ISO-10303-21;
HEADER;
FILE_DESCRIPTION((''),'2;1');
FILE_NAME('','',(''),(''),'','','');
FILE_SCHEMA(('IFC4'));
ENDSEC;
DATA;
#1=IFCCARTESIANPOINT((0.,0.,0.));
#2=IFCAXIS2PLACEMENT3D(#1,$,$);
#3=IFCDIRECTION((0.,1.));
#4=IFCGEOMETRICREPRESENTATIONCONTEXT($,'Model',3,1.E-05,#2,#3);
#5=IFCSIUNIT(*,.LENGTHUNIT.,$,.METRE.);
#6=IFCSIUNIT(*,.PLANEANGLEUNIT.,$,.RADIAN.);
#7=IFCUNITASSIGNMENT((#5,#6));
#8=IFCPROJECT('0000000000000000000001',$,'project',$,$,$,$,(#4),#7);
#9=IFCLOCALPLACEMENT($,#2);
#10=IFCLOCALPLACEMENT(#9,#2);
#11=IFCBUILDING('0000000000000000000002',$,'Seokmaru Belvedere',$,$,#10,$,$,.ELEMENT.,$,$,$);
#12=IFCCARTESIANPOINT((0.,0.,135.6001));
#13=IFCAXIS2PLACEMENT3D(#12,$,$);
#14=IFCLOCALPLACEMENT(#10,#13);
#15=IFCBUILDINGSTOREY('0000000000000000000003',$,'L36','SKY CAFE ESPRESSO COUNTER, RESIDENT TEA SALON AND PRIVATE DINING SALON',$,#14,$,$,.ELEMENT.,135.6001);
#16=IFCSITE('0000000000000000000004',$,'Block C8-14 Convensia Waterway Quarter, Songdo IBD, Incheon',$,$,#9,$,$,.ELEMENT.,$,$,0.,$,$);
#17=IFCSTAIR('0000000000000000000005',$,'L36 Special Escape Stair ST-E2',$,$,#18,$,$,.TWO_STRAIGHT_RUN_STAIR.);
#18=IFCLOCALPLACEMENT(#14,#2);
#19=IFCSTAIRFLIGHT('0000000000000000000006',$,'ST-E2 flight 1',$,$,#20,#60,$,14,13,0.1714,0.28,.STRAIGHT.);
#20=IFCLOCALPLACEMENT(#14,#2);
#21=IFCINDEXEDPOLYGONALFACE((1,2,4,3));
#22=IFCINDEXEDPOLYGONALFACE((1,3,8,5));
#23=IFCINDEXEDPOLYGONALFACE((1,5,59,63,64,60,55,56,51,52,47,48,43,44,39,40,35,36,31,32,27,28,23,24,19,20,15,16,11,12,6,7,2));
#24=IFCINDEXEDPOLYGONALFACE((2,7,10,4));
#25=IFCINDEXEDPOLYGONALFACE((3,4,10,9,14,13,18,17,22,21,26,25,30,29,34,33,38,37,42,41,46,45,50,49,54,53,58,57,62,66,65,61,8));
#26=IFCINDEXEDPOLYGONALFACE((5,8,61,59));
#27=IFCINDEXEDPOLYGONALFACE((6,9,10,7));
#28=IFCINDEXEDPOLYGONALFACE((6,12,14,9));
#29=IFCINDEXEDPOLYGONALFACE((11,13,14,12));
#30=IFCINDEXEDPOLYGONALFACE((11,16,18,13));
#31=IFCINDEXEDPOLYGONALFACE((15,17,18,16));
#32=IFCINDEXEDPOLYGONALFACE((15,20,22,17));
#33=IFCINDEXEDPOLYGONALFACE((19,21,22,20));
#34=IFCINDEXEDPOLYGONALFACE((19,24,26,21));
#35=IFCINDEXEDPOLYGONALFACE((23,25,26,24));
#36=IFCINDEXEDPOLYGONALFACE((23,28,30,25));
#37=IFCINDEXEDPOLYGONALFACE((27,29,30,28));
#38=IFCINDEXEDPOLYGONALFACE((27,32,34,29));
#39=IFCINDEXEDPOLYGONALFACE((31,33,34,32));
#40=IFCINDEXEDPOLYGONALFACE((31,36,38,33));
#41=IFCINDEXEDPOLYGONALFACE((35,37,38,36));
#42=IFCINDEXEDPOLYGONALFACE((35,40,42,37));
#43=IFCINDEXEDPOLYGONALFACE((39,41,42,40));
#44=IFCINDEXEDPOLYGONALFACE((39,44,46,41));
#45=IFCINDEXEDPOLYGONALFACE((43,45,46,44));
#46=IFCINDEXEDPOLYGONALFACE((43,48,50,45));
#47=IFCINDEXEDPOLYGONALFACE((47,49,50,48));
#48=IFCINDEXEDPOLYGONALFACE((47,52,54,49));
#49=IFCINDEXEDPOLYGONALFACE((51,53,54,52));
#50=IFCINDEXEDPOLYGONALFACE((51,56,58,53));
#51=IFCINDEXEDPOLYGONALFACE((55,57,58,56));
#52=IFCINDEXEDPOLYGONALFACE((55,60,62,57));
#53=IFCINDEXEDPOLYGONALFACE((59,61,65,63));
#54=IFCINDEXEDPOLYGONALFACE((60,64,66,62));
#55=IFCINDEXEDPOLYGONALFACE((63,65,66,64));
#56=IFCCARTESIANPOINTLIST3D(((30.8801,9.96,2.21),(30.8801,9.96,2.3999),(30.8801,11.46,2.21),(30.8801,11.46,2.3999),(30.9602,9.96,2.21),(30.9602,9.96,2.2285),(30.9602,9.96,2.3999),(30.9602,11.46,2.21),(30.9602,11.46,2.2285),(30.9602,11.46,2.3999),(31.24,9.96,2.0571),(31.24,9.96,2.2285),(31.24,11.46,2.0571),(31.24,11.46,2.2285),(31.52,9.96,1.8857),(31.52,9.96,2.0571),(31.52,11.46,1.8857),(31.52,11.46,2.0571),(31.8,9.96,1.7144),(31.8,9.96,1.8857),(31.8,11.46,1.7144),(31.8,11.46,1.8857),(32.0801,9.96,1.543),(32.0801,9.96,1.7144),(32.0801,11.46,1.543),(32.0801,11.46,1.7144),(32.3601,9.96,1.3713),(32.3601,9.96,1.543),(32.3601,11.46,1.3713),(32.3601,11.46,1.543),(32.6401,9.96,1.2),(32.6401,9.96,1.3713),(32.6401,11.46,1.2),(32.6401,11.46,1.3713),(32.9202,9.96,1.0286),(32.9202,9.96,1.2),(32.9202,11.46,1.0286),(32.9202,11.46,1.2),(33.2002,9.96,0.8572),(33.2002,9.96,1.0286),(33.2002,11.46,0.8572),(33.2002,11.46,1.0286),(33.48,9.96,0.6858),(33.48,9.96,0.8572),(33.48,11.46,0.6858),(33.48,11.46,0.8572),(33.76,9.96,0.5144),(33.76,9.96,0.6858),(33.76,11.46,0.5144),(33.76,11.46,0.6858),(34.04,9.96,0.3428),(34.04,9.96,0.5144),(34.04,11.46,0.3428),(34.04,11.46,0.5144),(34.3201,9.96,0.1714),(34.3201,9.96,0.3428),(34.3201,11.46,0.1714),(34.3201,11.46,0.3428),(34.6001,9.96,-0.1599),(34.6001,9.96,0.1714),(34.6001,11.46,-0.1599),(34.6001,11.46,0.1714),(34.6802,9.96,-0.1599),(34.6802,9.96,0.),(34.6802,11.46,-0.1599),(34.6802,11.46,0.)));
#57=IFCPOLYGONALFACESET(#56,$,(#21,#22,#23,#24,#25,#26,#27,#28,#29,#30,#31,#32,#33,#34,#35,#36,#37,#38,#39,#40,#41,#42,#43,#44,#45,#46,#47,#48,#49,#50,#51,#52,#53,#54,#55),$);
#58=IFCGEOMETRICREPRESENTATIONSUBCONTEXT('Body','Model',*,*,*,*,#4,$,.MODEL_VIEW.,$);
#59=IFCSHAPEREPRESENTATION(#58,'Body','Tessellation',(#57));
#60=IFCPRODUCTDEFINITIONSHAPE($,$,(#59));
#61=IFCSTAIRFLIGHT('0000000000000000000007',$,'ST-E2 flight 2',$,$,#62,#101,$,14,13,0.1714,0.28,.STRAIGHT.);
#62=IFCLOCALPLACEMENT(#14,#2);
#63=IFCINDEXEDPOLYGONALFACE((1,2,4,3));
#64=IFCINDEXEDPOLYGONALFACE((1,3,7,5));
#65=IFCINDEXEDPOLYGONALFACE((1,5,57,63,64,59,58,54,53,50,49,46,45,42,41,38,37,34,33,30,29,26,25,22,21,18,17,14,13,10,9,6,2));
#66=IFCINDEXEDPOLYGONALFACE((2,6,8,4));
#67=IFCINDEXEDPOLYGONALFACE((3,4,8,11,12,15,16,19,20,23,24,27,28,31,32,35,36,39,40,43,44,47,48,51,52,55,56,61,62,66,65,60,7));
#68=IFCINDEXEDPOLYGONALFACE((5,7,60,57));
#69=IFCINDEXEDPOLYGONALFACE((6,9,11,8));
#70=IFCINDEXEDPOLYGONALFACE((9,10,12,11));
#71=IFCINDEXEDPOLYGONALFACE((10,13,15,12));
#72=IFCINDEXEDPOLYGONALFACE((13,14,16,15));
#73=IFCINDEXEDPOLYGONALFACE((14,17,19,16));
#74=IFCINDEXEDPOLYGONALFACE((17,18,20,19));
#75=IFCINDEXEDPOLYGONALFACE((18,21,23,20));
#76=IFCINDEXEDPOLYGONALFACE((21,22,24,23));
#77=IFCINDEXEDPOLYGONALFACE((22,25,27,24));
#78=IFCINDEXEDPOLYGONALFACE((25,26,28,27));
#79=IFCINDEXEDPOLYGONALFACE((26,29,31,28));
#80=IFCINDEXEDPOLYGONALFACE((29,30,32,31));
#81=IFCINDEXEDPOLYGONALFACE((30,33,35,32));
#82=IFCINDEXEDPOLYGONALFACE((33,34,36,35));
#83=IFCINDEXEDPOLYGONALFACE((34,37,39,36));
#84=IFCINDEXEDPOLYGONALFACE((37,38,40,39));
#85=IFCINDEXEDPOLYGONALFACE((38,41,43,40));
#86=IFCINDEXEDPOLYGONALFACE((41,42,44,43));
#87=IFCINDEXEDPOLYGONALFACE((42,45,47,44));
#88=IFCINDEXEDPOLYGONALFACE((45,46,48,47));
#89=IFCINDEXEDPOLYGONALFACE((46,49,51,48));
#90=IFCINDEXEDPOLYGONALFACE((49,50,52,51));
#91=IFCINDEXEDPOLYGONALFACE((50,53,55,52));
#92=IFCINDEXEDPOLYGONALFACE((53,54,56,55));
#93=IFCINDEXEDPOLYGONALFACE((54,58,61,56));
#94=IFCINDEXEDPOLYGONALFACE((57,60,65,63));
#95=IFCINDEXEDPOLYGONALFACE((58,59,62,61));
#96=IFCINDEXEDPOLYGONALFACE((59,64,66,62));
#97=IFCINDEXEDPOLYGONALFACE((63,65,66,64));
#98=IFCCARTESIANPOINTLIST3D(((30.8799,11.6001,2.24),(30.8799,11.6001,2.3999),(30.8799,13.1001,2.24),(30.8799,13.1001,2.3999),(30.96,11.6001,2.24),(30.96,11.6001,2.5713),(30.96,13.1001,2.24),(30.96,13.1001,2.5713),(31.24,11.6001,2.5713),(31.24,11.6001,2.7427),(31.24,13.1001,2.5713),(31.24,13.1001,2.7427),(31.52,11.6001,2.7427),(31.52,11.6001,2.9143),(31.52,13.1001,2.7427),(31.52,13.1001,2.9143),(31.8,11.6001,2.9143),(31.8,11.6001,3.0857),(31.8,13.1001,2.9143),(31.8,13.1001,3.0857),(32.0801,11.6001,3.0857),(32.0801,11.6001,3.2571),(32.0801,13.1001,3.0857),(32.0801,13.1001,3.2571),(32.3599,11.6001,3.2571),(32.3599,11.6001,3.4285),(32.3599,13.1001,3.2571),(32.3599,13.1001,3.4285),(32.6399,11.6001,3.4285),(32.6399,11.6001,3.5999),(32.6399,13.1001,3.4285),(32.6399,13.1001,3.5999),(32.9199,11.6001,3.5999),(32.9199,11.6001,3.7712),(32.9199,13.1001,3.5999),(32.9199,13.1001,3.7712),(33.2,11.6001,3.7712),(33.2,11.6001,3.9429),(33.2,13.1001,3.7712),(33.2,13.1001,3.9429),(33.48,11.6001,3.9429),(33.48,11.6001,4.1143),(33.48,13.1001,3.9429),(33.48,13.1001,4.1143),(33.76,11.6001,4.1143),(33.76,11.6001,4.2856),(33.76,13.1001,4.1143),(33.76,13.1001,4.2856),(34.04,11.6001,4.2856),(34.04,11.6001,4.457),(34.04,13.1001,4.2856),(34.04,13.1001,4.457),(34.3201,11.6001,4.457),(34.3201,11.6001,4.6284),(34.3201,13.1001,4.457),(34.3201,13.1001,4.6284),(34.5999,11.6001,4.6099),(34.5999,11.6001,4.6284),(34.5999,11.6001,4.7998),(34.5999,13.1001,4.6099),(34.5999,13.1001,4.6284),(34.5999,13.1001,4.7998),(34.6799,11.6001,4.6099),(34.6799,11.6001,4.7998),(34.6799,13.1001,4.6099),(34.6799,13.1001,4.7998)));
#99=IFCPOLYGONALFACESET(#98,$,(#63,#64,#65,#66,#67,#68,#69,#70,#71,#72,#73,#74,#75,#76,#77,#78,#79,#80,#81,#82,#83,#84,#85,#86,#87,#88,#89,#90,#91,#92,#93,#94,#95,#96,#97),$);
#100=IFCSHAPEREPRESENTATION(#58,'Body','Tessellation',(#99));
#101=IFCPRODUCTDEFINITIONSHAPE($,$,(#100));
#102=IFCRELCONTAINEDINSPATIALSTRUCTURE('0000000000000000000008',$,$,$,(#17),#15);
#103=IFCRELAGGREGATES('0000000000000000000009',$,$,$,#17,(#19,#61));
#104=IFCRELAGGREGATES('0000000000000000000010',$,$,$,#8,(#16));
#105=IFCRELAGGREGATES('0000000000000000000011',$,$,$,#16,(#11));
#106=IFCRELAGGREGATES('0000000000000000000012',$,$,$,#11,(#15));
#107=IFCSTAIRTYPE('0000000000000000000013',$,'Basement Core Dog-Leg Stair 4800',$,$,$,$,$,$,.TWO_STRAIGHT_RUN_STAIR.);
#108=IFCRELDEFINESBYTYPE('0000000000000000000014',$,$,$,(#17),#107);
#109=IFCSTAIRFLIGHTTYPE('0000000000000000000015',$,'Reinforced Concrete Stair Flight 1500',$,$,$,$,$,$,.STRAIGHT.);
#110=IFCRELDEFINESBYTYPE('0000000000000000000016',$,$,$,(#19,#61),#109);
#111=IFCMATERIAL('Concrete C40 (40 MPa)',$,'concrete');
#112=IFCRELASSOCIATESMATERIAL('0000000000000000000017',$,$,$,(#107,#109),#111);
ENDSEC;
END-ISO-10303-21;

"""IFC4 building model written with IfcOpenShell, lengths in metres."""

from ifc_helpers import new_model, si_unit, direction, frame, origin, place, context, subcontext, project, spatial, polyline, outline, extrude, material, type_object, element, aggregate, save


model = new_model("IFC4")

# Units and contexts
model_context = context("Model", 3, precision=1e-05, world=origin(), true_north=direction((0.0, 1.0)))
body_context = subcontext(model_context, "Body", "Model", "MODEL_VIEW")
ifc_project = project(units=[si_unit("LENGTHUNIT", "METRE"), si_unit("PLANEANGLEUNIT", "RADIAN")], contexts=[model_context])

# Site, building, storey
site_placement = place(None, origin())
site = spatial("IfcSite", under=ifc_project, at=site_placement, Name="Block C8-14 Convensia Waterway Quarter, Songdo IBD, Incheon", CompositionType="ELEMENT", RefElevation=0.0)
building_placement = place(site_placement, origin())
building = spatial("IfcBuilding", under=site, at=building_placement, Name="Seokmaru Belvedere", CompositionType="ELEMENT")
storey_placement = place(building_placement, frame((0.0, 0.0, 135.6001)))
storey = spatial("IfcBuildingStorey", under=building, at=storey_placement, Name="L36", Description="SKY CAFE ESPRESSO COUNTER, RESIDENT TEA SALON AND PRIVATE DINING SALON", CompositionType="ELEMENT", Elevation=135.6001)

# Stair, stair flights
ifc_material_1 = material(Name="Concrete C40 (40 MPa)", Category="concrete")
stair_type = type_object("IfcStairType", Name="Basement Core Dog-Leg Stair 4800", PredefinedType="TWO_STRAIGHT_RUN_STAIR", material=ifc_material_1)
stair_placement = place(storey_placement, origin())
stair = element("IfcStair", 1, at=stair_placement, inside=storey, type_object=stair_type, Name="L36 Special Escape Stair ST-E2", PredefinedType="TWO_STRAIGHT_RUN_STAIR")
stair_flight_type = type_object("IfcStairFlightType", Name="Reinforced Concrete Stair Flight 1500", PredefinedType="STRAIGHT", material=ifc_material_1)
stair_flight_1_placement = place(storey_placement, frame((34.6001, 10.71, 0.0), z_axis=(0.0, 0.0, 1.0), x_axis=(-1.0, 0.0, 0.0)))
stair_flight_1 = element("IfcStairFlight", 2, at=stair_flight_1_placement, type_object=stair_flight_type, Name="ST-E2 flight 1", NumberOfRisers=14, NumberOfTreads=13, PredefinedType="STRAIGHT", RiserHeight=0.1714, TreadLength=0.28, context=body_context, shape_type="SweptSolid", body=[
    extrude(outline(polyline([(-0.0801, 0.0), (0.0, 0.1714), (0.28, 0.1714), (0.28, 0.3428), (0.5601, 0.3428), (0.5601, 0.5144), (0.8401, 0.5144), (0.8401, 0.6858), (1.1201, 0.6858), (1.1201, 0.8572), (1.3999, 0.8572), (1.3999, 1.0286), (1.6799, 1.0286), (1.6799, 1.2), (1.96, 1.2), (1.96, 1.3713), (2.24, 1.3713), (2.24, 1.543), (2.52, 1.543), (2.52, 1.7144), (2.8, 1.7144), (2.8, 1.8857), (3.0801, 1.8857), (3.0801, 2.0571), (3.3601, 2.0571), (3.3601, 2.2285), (3.6399, 2.2285), (3.6399, 2.3999), (3.72, 2.3999), (3.72, 2.21), (3.6399, 2.21), (0.0, -0.1599), (-0.0801, -0.1599), (-0.0801, 0.0)])), frame((0.0, 0.75, 0.0), z_axis=(0.0, -1.0, 0.0), x_axis=(1.0, 0.0, 0.0)), (0.0, 0.0, 1.0), 1.5),
])
stair_flight_2_placement = place(storey_placement, frame((30.96, 12.3501, 2.3999), z_axis=(0.0, 0.0, 1.0), x_axis=(1.0, 0.0, 0.0)))
stair_flight_2 = element("IfcStairFlight", 3, at=stair_flight_2_placement, type_object=stair_flight_type, Name="ST-E2 flight 2", NumberOfRisers=14, NumberOfTreads=13, PredefinedType="STRAIGHT", RiserHeight=0.1714, TreadLength=0.28, context=body_context, shape_type="SweptSolid", body=[
    extrude(outline(polyline([(-0.0801, 0.0), (0.0, 0.1714), (0.28, 0.1714), (0.28, 0.3428), (0.5601, 0.3428), (0.5601, 0.5144), (0.8401, 0.5144), (0.8401, 0.6858), (1.1201, 0.6858), (1.1201, 0.8572), (1.3999, 0.8572), (1.3999, 1.0286), (1.6799, 1.0286), (1.6799, 1.2), (1.96, 1.2), (1.96, 1.3713), (2.24, 1.3713), (2.24, 1.543), (2.52, 1.543), (2.52, 1.7144), (2.8, 1.7144), (2.8, 1.8857), (3.0801, 1.8857), (3.0801, 2.0571), (3.3601, 2.0571), (3.3601, 2.2285), (3.6399, 2.2285), (3.6399, 2.3999), (3.72, 2.3999), (3.72, 2.21), (3.6399, 2.21), (0.0, -0.1599), (-0.0801, -0.1599), (-0.0801, 0.0)])), frame((0.0, 0.75, 0.0), z_axis=(0.0, -1.0, 0.0), x_axis=(1.0, 0.0, 0.0)), (0.0, 0.0, 1.0), 1.5),
])
aggregate(stair, [stair_flight_1, stair_flight_2])

save(model, "model.ifc")
